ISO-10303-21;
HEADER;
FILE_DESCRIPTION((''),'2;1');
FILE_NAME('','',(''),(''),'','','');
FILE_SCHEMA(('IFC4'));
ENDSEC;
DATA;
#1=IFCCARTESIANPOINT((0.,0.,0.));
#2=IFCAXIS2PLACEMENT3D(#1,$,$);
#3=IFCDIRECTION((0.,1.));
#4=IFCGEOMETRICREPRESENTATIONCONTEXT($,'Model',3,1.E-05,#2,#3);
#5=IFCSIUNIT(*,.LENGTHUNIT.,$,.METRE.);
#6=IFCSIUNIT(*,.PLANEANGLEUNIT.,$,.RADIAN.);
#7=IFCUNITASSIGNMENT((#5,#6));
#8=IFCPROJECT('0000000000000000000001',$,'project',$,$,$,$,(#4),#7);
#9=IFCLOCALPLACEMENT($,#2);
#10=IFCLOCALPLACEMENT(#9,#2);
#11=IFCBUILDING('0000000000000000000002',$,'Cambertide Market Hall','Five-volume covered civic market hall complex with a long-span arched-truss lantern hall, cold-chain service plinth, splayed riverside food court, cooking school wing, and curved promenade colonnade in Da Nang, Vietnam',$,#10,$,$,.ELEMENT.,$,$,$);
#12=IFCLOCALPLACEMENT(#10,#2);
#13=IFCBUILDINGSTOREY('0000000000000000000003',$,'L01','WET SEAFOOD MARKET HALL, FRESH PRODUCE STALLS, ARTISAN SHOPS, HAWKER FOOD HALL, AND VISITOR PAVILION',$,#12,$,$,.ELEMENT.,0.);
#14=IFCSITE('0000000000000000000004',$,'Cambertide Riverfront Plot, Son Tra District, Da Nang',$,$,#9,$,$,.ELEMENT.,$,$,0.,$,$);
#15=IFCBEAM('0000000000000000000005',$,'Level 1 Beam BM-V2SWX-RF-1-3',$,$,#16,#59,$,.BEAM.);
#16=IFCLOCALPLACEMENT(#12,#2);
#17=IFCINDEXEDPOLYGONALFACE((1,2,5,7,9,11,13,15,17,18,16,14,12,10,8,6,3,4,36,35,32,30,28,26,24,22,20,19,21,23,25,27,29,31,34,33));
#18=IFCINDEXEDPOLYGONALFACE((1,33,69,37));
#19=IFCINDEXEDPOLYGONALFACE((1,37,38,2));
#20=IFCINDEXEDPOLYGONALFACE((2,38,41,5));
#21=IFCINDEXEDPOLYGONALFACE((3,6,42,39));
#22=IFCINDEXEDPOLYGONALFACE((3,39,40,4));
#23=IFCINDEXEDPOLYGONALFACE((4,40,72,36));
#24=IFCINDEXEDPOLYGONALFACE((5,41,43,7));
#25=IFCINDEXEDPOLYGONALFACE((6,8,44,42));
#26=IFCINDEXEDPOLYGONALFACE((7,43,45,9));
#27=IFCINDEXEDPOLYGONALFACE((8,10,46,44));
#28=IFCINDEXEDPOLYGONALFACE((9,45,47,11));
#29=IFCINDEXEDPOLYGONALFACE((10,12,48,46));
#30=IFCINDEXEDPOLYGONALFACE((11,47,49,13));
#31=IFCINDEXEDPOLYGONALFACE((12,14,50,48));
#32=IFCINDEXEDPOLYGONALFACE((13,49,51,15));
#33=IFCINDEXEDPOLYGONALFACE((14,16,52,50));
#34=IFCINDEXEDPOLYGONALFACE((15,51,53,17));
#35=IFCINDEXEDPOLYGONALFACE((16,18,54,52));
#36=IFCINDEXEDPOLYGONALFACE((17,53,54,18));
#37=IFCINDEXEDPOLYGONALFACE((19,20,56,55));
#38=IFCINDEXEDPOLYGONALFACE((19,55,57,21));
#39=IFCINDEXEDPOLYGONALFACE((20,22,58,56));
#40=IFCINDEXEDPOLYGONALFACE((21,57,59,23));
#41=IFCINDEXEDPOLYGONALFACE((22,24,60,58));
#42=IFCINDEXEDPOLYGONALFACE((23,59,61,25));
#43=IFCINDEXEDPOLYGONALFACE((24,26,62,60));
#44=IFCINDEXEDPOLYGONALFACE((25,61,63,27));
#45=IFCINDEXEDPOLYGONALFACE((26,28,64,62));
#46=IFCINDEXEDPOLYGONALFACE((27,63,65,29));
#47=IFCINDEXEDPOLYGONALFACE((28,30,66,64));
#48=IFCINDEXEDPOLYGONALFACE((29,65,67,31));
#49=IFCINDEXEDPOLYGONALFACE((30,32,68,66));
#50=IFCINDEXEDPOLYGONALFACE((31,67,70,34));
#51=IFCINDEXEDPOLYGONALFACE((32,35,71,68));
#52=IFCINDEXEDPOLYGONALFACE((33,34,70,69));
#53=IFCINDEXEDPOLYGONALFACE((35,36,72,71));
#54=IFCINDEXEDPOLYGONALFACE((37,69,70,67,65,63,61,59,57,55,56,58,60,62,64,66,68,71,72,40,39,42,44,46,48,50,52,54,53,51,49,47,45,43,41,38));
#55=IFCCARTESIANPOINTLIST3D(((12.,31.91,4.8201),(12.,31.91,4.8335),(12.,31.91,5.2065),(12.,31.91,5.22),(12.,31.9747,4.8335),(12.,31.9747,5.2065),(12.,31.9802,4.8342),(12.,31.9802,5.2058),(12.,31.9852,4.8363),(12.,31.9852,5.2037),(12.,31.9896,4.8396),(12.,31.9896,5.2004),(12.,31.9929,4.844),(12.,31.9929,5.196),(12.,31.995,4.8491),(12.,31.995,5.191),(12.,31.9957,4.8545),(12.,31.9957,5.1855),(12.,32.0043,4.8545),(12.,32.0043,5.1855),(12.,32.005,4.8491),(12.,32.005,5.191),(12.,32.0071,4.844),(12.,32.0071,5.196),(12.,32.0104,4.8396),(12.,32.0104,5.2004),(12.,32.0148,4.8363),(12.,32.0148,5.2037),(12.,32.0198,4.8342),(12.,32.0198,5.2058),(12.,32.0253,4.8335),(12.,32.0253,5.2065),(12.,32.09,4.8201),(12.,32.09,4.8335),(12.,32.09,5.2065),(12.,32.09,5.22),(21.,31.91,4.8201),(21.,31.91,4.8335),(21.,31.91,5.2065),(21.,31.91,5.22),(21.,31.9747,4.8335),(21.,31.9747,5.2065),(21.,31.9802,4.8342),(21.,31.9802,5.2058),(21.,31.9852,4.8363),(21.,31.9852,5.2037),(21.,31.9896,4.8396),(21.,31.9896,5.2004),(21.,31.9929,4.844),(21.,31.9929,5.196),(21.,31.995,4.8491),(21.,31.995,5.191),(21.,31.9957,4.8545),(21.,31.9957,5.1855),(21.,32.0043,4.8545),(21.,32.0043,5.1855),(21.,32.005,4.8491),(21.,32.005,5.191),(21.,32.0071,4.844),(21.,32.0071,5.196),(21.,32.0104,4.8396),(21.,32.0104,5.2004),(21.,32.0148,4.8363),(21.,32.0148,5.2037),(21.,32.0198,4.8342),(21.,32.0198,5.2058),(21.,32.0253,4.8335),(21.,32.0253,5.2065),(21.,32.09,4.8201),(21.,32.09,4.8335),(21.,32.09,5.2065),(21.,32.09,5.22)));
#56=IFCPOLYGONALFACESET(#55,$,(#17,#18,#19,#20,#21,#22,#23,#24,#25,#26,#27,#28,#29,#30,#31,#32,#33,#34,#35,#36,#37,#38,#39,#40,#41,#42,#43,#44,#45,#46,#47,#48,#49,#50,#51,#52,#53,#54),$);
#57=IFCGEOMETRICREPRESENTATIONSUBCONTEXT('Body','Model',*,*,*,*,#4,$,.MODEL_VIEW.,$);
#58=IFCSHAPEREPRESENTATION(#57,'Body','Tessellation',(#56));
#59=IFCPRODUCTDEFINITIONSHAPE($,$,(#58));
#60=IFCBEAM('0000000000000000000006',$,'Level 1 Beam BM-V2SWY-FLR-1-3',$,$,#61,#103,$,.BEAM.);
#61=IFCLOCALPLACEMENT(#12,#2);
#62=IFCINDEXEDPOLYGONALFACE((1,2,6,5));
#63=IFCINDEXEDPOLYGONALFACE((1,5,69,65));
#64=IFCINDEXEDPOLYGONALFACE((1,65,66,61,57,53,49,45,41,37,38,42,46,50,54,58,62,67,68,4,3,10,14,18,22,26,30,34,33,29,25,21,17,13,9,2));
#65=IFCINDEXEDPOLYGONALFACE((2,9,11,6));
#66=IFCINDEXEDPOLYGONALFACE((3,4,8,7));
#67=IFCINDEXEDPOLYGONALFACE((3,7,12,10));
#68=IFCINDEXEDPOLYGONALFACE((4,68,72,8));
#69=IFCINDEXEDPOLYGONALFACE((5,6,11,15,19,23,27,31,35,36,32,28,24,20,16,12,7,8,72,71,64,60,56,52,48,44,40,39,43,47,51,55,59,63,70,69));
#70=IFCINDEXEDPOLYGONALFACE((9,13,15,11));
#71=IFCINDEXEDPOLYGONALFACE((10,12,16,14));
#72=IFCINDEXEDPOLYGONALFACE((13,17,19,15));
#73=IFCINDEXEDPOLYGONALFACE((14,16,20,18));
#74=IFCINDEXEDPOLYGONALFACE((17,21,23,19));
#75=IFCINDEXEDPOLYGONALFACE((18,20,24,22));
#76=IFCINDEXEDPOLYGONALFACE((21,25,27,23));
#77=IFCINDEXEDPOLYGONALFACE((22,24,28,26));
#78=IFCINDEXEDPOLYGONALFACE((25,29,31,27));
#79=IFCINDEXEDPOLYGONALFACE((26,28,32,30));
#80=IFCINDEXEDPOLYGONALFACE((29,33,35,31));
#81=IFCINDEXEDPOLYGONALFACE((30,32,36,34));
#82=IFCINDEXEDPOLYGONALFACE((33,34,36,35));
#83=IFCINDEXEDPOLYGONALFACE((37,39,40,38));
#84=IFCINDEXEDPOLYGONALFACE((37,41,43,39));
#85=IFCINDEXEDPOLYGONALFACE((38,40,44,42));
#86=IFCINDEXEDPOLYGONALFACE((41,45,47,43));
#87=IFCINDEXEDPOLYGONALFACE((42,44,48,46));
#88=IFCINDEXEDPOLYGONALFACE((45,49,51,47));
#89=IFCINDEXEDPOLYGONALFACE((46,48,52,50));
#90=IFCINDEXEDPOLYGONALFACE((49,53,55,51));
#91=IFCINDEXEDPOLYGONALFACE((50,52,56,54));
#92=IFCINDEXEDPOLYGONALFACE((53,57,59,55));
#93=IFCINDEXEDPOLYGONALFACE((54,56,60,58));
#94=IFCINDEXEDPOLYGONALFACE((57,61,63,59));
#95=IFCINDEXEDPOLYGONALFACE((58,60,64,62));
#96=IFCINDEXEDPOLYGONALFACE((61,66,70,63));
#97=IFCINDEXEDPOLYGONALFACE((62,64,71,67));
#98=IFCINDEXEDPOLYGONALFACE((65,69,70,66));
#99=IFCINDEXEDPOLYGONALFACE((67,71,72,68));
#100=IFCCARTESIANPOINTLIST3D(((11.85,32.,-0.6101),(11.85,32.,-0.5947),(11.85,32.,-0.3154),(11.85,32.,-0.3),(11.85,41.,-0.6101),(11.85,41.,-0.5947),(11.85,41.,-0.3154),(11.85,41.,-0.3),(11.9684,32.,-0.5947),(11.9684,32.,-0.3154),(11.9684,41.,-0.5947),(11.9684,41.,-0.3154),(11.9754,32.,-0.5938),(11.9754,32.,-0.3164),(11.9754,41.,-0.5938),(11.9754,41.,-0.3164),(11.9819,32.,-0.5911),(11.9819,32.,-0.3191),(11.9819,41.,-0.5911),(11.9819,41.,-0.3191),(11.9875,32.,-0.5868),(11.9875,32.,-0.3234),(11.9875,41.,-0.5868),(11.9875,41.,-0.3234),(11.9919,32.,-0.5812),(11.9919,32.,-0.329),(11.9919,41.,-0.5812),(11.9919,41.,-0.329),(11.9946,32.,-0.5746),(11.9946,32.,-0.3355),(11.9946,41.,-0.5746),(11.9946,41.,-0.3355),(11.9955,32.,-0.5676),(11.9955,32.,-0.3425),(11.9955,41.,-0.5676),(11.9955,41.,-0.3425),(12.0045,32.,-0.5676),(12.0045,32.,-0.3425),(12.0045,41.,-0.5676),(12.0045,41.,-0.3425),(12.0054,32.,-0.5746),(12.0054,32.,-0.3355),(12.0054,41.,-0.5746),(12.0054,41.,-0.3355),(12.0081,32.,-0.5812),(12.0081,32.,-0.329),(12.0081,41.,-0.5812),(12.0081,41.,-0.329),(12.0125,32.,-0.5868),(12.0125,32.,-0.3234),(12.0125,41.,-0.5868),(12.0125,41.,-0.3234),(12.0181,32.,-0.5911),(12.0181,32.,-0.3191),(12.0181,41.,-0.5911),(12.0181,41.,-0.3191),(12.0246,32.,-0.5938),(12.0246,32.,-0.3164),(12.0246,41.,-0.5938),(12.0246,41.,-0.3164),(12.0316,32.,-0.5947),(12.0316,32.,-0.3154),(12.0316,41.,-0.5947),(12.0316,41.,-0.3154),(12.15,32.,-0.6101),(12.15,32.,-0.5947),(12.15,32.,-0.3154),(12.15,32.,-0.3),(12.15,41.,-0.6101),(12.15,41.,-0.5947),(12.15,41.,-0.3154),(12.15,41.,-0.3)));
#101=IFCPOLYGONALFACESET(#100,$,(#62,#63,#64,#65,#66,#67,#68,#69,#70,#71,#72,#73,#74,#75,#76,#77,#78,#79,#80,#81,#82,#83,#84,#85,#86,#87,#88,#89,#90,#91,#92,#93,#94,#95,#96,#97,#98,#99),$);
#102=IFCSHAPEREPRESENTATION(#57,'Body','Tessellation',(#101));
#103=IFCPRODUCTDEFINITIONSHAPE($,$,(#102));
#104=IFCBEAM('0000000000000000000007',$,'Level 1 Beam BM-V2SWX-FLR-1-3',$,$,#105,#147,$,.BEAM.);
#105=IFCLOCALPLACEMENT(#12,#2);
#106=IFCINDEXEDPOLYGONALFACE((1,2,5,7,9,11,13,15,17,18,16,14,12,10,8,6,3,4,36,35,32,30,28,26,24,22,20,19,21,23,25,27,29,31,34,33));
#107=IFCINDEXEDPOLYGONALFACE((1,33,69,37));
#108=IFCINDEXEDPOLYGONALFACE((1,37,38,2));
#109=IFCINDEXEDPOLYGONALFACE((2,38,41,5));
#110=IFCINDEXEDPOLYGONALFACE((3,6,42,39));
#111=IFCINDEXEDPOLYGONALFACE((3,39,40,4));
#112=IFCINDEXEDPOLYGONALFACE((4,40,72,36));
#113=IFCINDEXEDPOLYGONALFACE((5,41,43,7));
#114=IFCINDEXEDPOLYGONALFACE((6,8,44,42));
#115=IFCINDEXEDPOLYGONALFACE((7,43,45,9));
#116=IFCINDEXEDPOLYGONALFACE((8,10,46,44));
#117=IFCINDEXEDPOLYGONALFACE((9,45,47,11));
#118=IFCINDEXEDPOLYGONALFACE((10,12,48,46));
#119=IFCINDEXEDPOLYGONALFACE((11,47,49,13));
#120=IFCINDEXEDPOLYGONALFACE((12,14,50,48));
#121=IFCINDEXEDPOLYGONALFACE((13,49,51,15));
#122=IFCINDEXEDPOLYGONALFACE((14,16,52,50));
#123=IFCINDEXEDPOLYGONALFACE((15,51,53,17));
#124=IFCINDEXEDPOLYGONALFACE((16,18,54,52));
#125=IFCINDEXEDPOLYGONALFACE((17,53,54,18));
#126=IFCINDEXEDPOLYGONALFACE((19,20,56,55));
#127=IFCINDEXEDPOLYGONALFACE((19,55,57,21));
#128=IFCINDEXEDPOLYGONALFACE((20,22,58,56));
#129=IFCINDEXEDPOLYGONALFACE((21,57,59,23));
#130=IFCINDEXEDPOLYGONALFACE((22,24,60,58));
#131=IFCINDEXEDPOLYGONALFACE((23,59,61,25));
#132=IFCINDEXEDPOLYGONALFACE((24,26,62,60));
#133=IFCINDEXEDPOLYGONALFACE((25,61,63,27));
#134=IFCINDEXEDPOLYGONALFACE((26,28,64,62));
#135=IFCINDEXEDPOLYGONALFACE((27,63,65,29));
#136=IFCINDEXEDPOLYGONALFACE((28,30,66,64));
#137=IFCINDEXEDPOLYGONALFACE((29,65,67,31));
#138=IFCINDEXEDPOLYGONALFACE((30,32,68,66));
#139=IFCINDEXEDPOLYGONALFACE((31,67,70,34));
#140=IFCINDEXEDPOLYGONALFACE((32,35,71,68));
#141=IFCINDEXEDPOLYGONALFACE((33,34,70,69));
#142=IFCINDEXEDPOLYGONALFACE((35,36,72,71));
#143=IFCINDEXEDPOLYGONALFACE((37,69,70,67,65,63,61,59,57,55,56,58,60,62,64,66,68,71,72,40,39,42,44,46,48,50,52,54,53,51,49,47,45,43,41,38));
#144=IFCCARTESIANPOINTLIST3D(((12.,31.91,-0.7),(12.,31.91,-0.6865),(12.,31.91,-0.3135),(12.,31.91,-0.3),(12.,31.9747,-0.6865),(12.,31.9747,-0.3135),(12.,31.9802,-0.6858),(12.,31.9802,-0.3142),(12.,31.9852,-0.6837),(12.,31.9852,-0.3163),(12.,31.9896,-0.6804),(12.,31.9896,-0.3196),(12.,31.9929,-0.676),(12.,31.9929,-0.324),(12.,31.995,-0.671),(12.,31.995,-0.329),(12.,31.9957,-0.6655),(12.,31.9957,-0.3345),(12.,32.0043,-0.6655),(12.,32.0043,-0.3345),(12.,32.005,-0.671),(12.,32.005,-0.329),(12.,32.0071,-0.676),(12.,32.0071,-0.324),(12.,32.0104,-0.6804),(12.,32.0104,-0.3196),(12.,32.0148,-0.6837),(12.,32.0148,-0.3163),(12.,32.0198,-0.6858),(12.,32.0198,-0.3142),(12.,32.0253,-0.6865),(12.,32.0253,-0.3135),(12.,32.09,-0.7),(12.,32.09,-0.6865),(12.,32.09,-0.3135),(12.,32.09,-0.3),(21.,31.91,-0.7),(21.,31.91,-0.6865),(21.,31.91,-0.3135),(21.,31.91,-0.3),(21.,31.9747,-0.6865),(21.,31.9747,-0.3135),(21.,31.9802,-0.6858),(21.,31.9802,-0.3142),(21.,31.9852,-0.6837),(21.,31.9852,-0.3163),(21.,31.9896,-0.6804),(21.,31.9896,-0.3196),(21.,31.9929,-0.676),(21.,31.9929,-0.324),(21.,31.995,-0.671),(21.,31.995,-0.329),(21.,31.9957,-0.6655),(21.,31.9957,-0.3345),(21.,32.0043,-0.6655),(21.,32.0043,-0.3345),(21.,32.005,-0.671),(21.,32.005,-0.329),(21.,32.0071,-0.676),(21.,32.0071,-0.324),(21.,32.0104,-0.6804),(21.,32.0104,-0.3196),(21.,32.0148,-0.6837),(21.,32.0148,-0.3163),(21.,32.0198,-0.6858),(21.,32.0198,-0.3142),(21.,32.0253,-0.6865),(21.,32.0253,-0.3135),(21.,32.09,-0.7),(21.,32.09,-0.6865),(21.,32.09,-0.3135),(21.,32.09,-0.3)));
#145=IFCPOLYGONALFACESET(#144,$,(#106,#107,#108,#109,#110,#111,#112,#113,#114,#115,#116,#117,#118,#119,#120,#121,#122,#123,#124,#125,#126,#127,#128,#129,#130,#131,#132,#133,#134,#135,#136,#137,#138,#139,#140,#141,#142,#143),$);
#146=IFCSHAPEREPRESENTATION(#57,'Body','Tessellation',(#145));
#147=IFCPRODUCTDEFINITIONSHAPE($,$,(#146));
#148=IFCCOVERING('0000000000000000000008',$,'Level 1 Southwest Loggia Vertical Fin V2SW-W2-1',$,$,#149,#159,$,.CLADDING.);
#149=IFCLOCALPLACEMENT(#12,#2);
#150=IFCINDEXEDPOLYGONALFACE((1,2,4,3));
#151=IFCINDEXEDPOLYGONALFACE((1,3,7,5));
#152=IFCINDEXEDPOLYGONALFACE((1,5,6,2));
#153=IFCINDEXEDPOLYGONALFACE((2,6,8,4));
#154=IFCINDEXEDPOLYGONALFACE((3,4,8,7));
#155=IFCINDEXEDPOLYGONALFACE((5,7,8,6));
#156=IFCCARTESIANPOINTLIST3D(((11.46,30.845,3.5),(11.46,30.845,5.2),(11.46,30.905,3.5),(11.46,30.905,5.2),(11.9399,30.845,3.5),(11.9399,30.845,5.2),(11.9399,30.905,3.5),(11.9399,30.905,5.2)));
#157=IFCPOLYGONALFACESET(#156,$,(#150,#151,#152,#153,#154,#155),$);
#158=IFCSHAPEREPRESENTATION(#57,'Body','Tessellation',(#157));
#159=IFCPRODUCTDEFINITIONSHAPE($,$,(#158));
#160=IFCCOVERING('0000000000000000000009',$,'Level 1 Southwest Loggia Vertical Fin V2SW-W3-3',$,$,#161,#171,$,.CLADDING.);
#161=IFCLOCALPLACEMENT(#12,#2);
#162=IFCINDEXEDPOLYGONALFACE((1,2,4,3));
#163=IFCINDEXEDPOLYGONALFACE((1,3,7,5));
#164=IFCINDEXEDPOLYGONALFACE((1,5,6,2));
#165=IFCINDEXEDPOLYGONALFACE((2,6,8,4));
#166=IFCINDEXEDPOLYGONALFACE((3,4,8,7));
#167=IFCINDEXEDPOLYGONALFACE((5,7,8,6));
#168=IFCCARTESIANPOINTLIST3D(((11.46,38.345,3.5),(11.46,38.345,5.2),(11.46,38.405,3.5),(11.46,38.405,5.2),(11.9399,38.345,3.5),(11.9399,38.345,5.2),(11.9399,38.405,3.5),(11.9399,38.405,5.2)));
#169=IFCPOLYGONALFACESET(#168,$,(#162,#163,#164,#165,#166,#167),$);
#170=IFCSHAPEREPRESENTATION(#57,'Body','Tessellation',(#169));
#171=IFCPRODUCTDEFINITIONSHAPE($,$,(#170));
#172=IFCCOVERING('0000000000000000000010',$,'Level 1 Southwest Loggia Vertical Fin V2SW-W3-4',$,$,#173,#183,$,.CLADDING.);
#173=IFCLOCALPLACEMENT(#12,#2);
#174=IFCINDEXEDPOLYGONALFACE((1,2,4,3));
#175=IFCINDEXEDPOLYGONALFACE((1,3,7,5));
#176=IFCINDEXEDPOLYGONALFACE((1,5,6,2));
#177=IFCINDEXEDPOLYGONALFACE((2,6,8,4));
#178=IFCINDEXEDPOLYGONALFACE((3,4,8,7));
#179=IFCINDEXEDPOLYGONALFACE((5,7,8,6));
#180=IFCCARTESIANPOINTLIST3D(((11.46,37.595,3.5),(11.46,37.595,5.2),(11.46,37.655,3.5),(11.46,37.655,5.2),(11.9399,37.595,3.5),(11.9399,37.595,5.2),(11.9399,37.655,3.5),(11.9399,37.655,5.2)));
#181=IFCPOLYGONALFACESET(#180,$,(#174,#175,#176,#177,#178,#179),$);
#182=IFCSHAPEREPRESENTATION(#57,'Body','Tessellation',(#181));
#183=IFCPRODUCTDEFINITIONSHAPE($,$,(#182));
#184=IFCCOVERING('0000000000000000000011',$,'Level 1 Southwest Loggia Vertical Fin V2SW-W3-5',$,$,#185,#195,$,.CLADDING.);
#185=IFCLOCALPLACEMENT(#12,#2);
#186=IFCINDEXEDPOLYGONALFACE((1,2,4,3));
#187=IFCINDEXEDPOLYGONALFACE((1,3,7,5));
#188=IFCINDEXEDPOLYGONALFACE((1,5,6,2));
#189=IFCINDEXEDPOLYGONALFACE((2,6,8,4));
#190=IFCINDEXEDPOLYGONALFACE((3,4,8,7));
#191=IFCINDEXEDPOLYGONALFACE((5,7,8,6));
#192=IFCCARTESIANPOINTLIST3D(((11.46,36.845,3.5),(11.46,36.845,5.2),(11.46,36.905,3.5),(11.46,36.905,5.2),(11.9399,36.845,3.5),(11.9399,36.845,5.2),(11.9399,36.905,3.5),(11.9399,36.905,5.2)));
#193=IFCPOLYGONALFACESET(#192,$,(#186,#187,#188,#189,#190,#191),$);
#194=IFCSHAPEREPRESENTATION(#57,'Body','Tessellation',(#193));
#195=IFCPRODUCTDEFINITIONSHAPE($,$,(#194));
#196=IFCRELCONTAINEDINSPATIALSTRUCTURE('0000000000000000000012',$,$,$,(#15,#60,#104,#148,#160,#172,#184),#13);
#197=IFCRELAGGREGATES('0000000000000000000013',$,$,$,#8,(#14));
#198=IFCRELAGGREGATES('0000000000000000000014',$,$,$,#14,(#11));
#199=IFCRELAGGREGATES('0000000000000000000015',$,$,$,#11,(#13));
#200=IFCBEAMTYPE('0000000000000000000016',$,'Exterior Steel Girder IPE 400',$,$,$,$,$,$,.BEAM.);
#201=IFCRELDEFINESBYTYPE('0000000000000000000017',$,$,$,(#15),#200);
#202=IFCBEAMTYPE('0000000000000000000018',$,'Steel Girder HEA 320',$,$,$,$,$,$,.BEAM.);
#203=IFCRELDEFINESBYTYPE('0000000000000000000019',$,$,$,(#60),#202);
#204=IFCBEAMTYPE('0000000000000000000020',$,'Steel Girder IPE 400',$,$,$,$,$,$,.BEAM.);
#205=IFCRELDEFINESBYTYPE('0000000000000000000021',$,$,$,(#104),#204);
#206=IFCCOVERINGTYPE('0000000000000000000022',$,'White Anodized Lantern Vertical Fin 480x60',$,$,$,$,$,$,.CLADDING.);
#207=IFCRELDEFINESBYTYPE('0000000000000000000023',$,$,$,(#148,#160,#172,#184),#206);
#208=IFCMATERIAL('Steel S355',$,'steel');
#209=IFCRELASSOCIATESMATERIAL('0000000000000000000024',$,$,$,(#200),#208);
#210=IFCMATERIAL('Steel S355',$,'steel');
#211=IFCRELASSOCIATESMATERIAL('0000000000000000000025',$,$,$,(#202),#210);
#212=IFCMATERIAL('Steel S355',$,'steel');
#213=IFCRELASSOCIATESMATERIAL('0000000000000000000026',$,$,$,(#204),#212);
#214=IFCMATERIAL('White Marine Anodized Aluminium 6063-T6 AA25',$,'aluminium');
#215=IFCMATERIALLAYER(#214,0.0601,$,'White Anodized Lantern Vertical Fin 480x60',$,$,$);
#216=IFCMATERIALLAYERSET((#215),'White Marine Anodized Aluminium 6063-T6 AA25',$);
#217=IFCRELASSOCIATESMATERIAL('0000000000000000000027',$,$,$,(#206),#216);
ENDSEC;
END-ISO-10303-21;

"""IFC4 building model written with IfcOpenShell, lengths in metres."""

from ifc_helpers import new_model, si_unit, direction, frame, origin, origin_2d, place, context, subcontext, project, spatial, rectangle, i_section, extrude, material, layer, layer_set, material_profile, profile_set, type_object, element, save


model = new_model("IFC4")

# Units and contexts
model_context = context("Model", 3, precision=1e-05, world=origin(), true_north=direction((0.0, 1.0)))
body_context = subcontext(model_context, "Body", "Model", "MODEL_VIEW")
ifc_project = project(units=[si_unit("LENGTHUNIT", "METRE"), si_unit("PLANEANGLEUNIT", "RADIAN")], contexts=[model_context])

# Site, building, storey
site_placement = place(None, origin())
site = spatial("IfcSite", under=ifc_project, at=site_placement, Name="Cambertide Riverfront Plot, Son Tra District, Da Nang", CompositionType="ELEMENT", RefElevation=0.0)
building_placement = place(site_placement, origin())
building = spatial("IfcBuilding", under=site, at=building_placement, Name="Cambertide Market Hall", Description="Five-volume covered civic market hall complex with a long-span arched-truss lantern hall, cold-chain service plinth, splayed riverside food court, cooking school wing, and curved promenade colonnade in Da Nang, Vietnam", CompositionType="ELEMENT")
storey_placement = place(building_placement, origin())
storey = spatial("IfcBuildingStorey", under=building, at=storey_placement, Name="L01", Description="WET SEAFOOD MARKET HALL, FRESH PRODUCE STALLS, ARTISAN SHOPS, HAWKER FOOD HALL, AND VISITOR PAVILION", CompositionType="ELEMENT", Elevation=0.0)

# Beams
ifc_material_1 = material(Name="Steel S355", Category="steel")
ifc_material_profile_1 = material_profile(ifc_material_1, i_section(OverallWidth=0.1799, OverallDepth=0.3999, WebThickness=0.0085, FlangeThickness=0.0134, FilletRadius=0.021, at=origin_2d()), Name="IPE 400")
ifc_profile_set_1 = profile_set([ifc_material_profile_1], Name="Steel S355")
beam_type_1 = type_object("IfcBeamType", Name="Exterior Steel Girder IPE 400", PredefinedType="BEAM", material=ifc_profile_set_1)
beam_1_placement = place(storey_placement, frame((12.0, 32.0, 5.02), z_axis=(1.0, 0.0, 0.0), x_axis=(0.0, 1.0, 0.0)))
element("IfcBeam", 1, at=beam_1_placement, inside=storey, type_object=beam_type_1, Name="Level 1 Beam BM-V2SWX-RF-1-3", PredefinedType="BEAM", context=body_context, shape_type="SweptSolid", body=[
    extrude(i_section(OverallWidth=0.1799, OverallDepth=0.3999, WebThickness=0.0085, FlangeThickness=0.0134, FilletRadius=0.021, at=origin_2d()), origin(), (0.0, 0.0, 1.0), 9.0),
])
ifc_material_2 = material(Name="Steel S355", Category="steel")
ifc_material_profile_2 = material_profile(ifc_material_2, i_section(OverallWidth=0.3, OverallDepth=0.3101, WebThickness=0.009, FlangeThickness=0.0154, FilletRadius=0.0271, at=origin_2d()), Name="HEA 320")
ifc_profile_set_2 = profile_set([ifc_material_profile_2], Name="Steel S355")
beam_type_2 = type_object("IfcBeamType", Name="Steel Girder HEA 320", PredefinedType="BEAM", material=ifc_profile_set_2)
beam_2_placement = place(storey_placement, frame((12.0, 32.0, -0.4551), z_axis=(0.0, 1.0, 0.0), x_axis=(-1.0, 0.0, 0.0)))
element("IfcBeam", 2, at=beam_2_placement, inside=storey, type_object=beam_type_2, Name="Level 1 Beam BM-V2SWY-FLR-1-3", PredefinedType="BEAM", context=body_context, shape_type="SweptSolid", body=[
    extrude(i_section(OverallWidth=0.3, OverallDepth=0.3101, WebThickness=0.009, FlangeThickness=0.0154, FilletRadius=0.0271, at=origin_2d()), origin(), (0.0, 0.0, 1.0), 9.0),
])
ifc_material_3 = material(Name="Steel S355", Category="steel")
ifc_material_profile_3 = material_profile(ifc_material_3, i_section(OverallWidth=0.1799, OverallDepth=0.3999, WebThickness=0.0085, FlangeThickness=0.0134, FilletRadius=0.021, at=origin_2d()), Name="IPE 400")
ifc_profile_set_3 = profile_set([ifc_material_profile_3], Name="Steel S355")
beam_type_3 = type_object("IfcBeamType", Name="Steel Girder IPE 400", PredefinedType="BEAM", material=ifc_profile_set_3)
beam_3_placement = place(storey_placement, frame((12.0, 32.0, -0.5), z_axis=(1.0, 0.0, 0.0), x_axis=(0.0, 1.0, 0.0)))
element("IfcBeam", 3, at=beam_3_placement, inside=storey, type_object=beam_type_3, Name="Level 1 Beam BM-V2SWX-FLR-1-3", PredefinedType="BEAM", context=body_context, shape_type="SweptSolid", body=[
    extrude(i_section(OverallWidth=0.1799, OverallDepth=0.3999, WebThickness=0.0085, FlangeThickness=0.0134, FilletRadius=0.021, at=origin_2d()), origin(), (0.0, 0.0, 1.0), 9.0),
])

# Coverings
ifc_material_4 = material(Name="White Marine Anodized Aluminium 6063-T6 AA25", Category="aluminium")
ifc_layer = layer(ifc_material_4, 0.0601, Name="White Anodized Lantern Vertical Fin 480x60")
ifc_layer_set = layer_set([ifc_layer], Name="White Marine Anodized Aluminium 6063-T6 AA25")
covering_type = type_object("IfcCoveringType", Name="White Anodized Lantern Vertical Fin 480x60", PredefinedType="CLADDING", material=ifc_layer_set)
for number, where, z_axis, x_axis, name in (
    (4, (11.7, 30.875, 3.5), (0.0, 0.0, 1.0), (0.0, 1.0, 0.0), "Level 1 Southwest Loggia Vertical Fin V2SW-W2-1"),
    (5, (11.7, 38.375, 3.5), (0.0, 0.0, 1.0), (0.0, 1.0, 0.0), "Level 1 Southwest Loggia Vertical Fin V2SW-W3-3"),
    (6, (11.7, 37.625, 3.5), (0.0, 0.0, 1.0), (0.0, 1.0, 0.0), "Level 1 Southwest Loggia Vertical Fin V2SW-W3-4"),
    (7, (11.7, 36.875, 3.5), (0.0, 0.0, 1.0), (0.0, 1.0, 0.0), "Level 1 Southwest Loggia Vertical Fin V2SW-W3-5"),
):
    element("IfcCovering", number, at=place(storey_placement, frame(where, z_axis=z_axis, x_axis=x_axis)), inside=storey, type_object=covering_type, Name=name, PredefinedType="CLADDING", context=body_context, shape_type="SweptSolid", body=[
        extrude(rectangle(XDim=0.0601, YDim=0.48, at=origin_2d()), origin(), (0.0, 0.0, 1.0), 1.7),
    ])

save(model, "model.ifc")
